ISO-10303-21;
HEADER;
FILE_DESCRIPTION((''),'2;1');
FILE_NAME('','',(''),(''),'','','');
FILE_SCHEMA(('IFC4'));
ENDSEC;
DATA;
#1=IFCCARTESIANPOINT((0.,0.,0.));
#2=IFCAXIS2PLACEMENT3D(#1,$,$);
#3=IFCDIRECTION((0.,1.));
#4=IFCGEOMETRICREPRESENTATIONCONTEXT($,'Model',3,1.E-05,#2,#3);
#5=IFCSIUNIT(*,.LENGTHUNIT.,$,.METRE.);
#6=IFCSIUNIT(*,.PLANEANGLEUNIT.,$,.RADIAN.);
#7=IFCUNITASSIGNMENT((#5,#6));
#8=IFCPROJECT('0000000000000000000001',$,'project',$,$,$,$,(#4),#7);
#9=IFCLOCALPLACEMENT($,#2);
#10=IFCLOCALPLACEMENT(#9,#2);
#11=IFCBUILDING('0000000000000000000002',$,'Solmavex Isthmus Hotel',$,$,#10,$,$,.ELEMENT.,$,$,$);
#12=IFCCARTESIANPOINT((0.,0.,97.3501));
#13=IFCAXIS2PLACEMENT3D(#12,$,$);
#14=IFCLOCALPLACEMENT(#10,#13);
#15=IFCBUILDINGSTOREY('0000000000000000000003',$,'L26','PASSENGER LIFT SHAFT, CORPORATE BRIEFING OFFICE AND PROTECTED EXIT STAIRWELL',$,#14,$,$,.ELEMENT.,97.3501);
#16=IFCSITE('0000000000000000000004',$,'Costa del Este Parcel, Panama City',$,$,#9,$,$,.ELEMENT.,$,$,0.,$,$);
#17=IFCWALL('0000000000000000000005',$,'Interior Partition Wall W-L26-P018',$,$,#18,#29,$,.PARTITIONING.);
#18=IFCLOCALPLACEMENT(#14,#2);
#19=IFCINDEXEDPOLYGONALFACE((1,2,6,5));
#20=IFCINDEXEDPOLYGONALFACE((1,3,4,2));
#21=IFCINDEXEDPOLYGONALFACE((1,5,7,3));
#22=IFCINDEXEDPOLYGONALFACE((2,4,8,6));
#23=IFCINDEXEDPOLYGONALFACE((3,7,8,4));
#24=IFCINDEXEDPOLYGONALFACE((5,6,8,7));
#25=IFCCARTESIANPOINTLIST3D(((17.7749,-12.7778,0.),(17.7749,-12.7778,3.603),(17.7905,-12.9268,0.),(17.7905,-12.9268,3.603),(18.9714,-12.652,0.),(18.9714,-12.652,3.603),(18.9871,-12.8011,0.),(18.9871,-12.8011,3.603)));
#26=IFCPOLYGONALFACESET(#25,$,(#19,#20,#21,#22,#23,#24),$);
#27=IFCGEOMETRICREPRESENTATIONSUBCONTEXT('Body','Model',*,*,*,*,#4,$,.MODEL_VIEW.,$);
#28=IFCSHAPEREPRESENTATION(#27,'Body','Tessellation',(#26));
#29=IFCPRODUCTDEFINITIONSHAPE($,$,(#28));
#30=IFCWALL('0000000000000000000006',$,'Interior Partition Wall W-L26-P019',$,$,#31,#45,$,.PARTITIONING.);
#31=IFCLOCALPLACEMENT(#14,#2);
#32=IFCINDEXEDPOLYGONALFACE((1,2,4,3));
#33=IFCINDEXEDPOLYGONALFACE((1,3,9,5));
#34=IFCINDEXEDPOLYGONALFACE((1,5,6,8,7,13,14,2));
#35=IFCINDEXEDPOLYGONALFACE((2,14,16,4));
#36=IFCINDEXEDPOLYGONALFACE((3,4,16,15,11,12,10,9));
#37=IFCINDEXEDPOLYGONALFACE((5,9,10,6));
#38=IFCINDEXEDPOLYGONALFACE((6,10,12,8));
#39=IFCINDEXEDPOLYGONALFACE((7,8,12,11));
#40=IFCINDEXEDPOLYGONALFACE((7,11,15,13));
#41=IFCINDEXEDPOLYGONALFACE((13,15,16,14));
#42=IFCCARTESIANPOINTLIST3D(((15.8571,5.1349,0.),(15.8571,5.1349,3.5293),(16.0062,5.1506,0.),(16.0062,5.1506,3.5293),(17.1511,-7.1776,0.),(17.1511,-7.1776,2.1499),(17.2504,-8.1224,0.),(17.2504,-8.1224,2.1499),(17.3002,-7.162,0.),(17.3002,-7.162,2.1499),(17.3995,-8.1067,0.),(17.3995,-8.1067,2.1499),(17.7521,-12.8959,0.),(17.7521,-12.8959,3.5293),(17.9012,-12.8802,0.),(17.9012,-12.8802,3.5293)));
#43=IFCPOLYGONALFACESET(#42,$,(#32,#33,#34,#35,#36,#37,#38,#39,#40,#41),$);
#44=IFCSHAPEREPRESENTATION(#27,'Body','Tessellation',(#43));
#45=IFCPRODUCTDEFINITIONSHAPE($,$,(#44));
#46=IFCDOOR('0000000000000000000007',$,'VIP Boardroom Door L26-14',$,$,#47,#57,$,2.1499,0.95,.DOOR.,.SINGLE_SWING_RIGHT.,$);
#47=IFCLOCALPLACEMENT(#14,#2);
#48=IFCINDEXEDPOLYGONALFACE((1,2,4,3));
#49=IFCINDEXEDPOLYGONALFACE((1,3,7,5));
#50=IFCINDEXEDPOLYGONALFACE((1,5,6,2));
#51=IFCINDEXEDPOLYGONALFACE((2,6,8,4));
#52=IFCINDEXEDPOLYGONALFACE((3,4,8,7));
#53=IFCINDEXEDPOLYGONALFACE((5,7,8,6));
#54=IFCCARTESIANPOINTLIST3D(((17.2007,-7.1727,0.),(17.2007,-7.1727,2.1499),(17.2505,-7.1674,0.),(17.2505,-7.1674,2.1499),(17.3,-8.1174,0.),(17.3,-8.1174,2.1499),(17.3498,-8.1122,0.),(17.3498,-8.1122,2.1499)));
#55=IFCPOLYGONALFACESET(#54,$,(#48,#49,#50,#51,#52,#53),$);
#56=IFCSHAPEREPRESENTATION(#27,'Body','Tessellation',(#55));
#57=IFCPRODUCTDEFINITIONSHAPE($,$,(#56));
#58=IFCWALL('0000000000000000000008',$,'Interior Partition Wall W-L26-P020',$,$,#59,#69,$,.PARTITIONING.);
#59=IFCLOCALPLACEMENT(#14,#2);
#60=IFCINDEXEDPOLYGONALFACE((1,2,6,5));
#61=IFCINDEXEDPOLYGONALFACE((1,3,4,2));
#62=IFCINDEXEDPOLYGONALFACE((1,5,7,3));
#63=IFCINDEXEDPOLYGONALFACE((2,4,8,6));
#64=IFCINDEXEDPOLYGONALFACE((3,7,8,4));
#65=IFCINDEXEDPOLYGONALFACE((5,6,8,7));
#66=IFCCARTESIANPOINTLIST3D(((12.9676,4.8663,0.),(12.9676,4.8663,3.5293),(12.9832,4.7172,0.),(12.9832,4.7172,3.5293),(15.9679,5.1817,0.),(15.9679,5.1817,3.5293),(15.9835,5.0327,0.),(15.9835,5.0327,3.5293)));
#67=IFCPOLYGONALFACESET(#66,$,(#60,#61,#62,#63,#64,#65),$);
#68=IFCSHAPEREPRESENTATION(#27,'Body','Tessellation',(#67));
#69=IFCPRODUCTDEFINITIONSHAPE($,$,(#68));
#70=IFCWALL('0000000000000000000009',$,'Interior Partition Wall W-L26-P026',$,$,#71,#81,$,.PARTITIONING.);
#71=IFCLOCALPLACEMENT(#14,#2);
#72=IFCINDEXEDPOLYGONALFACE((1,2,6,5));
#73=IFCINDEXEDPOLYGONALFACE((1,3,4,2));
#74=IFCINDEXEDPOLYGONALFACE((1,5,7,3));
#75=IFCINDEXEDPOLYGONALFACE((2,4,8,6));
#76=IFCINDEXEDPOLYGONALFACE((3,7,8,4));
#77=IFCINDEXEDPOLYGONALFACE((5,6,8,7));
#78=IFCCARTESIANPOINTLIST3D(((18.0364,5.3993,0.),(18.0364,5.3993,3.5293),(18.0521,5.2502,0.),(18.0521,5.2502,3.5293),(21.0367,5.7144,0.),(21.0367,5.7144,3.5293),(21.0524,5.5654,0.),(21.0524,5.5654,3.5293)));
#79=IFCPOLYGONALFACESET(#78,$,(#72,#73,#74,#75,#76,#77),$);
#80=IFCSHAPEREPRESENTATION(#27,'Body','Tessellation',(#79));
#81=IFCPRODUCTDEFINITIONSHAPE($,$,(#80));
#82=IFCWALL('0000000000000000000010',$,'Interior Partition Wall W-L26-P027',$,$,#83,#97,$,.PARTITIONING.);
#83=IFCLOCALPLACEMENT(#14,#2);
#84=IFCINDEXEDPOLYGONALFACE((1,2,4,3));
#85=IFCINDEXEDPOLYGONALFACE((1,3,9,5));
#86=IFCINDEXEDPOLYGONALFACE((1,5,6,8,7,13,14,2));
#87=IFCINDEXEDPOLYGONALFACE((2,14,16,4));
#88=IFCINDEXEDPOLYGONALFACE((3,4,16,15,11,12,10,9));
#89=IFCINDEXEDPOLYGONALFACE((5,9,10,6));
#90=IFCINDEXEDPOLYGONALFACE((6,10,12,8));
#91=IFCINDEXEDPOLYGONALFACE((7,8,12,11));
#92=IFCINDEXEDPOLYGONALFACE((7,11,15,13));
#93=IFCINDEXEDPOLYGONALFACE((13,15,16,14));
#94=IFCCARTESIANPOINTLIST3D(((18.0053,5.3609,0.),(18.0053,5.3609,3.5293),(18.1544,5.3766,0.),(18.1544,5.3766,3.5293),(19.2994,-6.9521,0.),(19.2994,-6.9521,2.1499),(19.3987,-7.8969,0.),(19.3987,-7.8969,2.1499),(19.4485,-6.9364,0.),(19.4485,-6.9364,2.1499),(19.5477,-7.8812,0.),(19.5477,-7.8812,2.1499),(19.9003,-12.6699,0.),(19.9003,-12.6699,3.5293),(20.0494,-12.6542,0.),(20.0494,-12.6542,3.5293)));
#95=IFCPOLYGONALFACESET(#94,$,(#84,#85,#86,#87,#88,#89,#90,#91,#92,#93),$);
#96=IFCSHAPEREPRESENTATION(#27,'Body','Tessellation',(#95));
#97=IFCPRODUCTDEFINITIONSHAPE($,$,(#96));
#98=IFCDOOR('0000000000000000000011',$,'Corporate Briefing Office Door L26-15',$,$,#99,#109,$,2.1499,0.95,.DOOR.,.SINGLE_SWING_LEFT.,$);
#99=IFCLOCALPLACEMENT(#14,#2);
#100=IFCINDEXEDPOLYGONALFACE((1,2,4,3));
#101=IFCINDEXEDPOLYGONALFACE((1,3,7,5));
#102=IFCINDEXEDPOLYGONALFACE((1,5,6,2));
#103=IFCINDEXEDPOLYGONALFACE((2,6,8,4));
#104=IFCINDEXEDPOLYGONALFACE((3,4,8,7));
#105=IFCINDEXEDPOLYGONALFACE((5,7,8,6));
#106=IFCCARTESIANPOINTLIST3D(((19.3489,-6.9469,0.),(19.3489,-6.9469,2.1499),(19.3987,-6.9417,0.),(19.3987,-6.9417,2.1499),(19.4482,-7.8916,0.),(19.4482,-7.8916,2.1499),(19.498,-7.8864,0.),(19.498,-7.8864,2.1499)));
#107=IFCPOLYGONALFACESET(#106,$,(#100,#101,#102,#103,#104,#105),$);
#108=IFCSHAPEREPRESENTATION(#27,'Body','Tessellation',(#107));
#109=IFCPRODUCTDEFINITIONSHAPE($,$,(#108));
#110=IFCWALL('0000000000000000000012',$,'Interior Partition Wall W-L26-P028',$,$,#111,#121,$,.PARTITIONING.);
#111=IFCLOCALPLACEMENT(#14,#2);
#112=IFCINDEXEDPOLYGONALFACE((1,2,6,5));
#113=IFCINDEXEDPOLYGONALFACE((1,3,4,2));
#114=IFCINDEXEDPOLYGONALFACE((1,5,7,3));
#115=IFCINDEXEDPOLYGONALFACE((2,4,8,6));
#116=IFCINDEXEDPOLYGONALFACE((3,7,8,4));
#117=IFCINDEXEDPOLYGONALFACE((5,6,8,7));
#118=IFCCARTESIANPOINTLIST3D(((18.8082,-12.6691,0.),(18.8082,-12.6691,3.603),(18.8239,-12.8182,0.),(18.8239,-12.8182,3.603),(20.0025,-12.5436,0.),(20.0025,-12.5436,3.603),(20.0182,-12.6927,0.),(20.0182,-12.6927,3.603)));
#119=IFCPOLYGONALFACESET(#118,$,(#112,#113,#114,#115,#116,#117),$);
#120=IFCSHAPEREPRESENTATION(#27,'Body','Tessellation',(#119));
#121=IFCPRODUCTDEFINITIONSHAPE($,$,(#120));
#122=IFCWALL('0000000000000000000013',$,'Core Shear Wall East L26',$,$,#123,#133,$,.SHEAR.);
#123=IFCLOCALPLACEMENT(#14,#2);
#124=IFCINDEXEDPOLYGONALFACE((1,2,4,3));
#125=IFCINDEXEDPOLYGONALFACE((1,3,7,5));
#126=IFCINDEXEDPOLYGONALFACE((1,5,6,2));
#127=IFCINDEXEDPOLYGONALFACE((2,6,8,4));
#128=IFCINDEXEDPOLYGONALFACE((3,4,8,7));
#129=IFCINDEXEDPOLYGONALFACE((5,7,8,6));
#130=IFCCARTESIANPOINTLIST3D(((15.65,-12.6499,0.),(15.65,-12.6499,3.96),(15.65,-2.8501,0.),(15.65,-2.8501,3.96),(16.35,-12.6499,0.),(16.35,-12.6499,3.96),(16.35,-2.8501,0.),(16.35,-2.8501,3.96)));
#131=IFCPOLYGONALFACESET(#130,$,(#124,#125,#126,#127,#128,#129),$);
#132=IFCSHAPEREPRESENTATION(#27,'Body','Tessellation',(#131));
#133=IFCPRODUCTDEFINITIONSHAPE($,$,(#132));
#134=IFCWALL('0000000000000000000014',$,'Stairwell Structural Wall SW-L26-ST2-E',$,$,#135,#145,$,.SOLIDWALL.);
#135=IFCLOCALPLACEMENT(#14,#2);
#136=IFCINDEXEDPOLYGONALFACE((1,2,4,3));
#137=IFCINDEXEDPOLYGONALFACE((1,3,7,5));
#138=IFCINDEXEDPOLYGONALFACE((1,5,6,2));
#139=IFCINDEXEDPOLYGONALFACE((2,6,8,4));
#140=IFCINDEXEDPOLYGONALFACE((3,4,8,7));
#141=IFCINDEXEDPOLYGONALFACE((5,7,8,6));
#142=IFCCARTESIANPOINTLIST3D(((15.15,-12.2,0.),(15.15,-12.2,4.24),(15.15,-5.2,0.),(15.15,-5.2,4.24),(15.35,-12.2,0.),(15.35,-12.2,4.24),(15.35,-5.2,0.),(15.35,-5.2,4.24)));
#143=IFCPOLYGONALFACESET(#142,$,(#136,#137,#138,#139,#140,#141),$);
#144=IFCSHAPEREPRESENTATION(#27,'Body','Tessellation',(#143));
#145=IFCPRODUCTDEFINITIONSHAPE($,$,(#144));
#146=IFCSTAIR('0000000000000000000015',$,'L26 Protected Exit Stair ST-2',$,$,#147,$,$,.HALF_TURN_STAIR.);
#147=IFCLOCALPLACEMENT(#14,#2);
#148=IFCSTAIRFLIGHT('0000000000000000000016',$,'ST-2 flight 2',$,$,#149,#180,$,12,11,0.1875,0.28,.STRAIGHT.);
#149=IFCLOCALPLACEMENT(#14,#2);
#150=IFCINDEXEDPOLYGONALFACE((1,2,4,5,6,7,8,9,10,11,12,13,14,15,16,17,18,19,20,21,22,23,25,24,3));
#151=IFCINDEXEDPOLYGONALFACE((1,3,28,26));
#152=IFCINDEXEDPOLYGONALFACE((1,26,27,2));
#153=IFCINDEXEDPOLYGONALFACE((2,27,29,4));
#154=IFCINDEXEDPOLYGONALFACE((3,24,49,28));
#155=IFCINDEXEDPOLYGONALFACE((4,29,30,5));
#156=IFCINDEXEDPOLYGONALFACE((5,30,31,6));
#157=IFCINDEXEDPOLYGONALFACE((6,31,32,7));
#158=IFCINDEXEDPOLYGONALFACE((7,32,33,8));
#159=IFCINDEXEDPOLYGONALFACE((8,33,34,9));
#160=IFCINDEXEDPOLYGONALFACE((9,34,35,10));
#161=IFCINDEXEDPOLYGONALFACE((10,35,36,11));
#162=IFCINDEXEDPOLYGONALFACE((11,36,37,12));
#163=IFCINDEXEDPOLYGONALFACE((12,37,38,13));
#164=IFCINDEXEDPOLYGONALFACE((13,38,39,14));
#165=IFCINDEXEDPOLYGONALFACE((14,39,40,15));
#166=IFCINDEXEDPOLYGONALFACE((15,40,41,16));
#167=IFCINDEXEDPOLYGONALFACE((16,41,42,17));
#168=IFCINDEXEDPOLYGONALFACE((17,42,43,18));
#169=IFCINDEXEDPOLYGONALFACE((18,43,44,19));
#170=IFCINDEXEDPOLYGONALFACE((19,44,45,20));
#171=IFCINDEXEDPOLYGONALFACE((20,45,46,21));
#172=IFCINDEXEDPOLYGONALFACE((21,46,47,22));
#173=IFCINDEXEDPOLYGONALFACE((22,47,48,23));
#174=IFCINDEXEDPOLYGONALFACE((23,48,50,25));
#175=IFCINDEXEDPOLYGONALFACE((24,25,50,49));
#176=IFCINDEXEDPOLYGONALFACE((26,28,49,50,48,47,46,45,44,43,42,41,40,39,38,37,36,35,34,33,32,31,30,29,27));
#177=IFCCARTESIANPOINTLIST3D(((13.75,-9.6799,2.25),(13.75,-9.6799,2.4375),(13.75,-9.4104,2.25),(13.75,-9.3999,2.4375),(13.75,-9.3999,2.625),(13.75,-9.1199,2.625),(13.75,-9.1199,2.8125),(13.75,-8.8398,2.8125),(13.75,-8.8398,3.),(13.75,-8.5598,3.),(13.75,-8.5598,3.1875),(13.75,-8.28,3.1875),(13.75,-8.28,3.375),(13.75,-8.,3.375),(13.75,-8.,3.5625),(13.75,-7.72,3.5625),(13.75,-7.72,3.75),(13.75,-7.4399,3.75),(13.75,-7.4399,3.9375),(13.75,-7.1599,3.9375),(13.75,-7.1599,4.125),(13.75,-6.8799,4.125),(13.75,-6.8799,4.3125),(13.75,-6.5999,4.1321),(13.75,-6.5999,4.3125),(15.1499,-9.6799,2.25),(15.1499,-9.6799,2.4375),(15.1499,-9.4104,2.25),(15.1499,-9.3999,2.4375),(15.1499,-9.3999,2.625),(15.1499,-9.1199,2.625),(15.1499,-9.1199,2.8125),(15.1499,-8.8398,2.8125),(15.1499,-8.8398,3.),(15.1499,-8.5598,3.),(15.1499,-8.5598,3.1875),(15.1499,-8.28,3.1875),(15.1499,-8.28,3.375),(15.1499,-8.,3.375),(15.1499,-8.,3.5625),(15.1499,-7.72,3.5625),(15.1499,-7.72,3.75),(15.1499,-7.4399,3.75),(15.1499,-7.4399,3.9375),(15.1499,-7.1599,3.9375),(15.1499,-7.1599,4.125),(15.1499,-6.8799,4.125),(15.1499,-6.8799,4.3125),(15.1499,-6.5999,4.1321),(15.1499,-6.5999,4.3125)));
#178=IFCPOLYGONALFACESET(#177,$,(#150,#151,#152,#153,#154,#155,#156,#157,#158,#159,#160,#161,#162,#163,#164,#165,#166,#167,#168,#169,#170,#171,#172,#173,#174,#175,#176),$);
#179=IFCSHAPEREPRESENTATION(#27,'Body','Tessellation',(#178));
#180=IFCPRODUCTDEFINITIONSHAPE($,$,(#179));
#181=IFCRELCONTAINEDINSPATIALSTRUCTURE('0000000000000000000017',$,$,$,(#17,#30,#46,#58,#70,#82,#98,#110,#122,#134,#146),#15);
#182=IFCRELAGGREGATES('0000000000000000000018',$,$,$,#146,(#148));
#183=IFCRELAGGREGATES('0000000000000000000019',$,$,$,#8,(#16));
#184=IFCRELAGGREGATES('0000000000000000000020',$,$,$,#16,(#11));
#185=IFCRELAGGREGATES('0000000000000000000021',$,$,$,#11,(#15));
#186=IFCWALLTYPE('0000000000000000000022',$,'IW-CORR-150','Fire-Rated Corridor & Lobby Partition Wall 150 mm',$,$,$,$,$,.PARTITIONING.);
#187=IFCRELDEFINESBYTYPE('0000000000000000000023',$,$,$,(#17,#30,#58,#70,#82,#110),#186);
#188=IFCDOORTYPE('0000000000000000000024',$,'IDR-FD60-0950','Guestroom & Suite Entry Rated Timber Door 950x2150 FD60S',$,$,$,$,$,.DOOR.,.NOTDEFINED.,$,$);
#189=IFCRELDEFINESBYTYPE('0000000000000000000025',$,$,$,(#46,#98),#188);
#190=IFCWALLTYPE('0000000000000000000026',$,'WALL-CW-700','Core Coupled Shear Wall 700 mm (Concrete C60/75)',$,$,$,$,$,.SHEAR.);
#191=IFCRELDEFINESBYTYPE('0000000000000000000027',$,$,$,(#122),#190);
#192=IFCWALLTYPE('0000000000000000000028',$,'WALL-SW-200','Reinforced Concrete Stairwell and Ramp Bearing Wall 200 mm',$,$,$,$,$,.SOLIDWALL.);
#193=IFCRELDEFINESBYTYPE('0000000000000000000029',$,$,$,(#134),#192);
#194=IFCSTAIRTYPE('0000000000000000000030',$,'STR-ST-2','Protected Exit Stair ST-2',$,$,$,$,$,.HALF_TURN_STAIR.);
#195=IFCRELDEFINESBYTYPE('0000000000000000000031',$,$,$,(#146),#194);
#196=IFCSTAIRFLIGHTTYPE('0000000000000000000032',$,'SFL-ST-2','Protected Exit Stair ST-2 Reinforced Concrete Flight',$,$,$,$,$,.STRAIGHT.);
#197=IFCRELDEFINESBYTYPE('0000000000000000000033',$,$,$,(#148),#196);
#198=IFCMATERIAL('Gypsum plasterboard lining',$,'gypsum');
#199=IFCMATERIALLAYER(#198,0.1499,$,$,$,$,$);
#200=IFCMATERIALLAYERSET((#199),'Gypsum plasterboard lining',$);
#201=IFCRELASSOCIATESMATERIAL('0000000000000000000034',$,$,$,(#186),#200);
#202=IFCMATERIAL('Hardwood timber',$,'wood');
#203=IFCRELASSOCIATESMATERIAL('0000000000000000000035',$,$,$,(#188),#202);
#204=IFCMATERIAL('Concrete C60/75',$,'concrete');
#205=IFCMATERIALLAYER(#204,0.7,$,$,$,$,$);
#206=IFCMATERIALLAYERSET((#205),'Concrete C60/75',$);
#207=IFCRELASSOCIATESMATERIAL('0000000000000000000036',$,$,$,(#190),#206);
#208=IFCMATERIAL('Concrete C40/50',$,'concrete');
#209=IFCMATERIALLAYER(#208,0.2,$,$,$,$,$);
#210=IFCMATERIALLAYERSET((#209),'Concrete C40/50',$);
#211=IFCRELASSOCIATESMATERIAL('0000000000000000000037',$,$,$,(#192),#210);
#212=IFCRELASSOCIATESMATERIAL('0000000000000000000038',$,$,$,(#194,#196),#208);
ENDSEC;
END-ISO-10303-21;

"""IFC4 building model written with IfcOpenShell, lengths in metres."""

from ifc_helpers import new_model, si_unit, direction, frame, frame_2d, origin, place, context, subcontext, project, spatial, polyline, rectangle, outline, extrude, material, layer, layer_set, type_object, element, fill, aggregate, save


model = new_model("IFC4")

# Units and contexts
model_context = context("Model", 3, precision=1e-05, world=origin(), true_north=direction((0.0, 1.0)))
body_context = subcontext(model_context, "Body", "Model", "MODEL_VIEW")
ifc_project = project(units=[si_unit("LENGTHUNIT", "METRE"), si_unit("PLANEANGLEUNIT", "RADIAN")], contexts=[model_context])

# Site, building, storey
site_placement = place(None, origin())
site = spatial("IfcSite", under=ifc_project, at=site_placement, Name="Costa del Este Parcel, Panama City", CompositionType="ELEMENT", RefElevation=0.0)
building_placement = place(site_placement, origin())
building = spatial("IfcBuilding", under=site, at=building_placement, Name="Solmavex Isthmus Hotel", CompositionType="ELEMENT")
storey_placement = place(building_placement, frame((0.0, 0.0, 97.3501)))
storey = spatial("IfcBuildingStorey", under=building, at=storey_placement, Name="L26", Description="PASSENGER LIFT SHAFT, CORPORATE BRIEFING OFFICE AND PROTECTED EXIT STAIRWELL", CompositionType="ELEMENT", Elevation=97.3501)

# Shared definitions
ifc_material_1 = material(Name="Concrete C60/75", Category="concrete")

# Wall
ifc_material_2 = material(Name="Gypsum plasterboard lining", Category="gypsum")
ifc_layer_1 = layer(ifc_material_2, 0.1499)
ifc_layer_set_1 = layer_set([ifc_layer_1], Name="Gypsum plasterboard lining")
wall_type_1 = type_object("IfcWallType", Name="IW-CORR-150", Description="Fire-Rated Corridor & Lobby Partition Wall 150 mm", PredefinedType="PARTITIONING", material=ifc_layer_set_1)
wall_1_placement = place(storey_placement, frame((18.9792, -12.7266, 0.0), z_axis=(0.0, 0.0, 1.0), x_axis=(-0.994524, -0.104505, 0.0)))
element("IfcWall", 1, at=wall_1_placement, inside=storey, type_object=wall_type_1, Name="Interior Partition Wall W-L26-P018", PredefinedType="PARTITIONING", context=body_context, shape_type="SweptSolid", body=[
    extrude(rectangle(XDim=1.2031, YDim=0.1499, at=frame_2d((0.6016, 0.0))), origin(), (0.0, 0.0, 1.0), 3.603),
])

# Wall, opening, door
wall_2_placement = place(storey_placement, frame((17.8267, -12.8879, 0.0), z_axis=(0.0, 0.0, 1.0), x_axis=(-0.104524, 0.994522, 0.0)))
wall_2 = element("IfcWall", 2, at=wall_2_placement, inside=storey, type_object=wall_type_1, Name="Interior Partition Wall W-L26-P019", PredefinedType="PARTITIONING", context=body_context, shape_type="SweptSolid", body=[
    extrude(rectangle(XDim=18.1301, YDim=0.1499, at=frame_2d((9.0649, 0.0))), origin(), (0.0, 0.0, 1.0), 3.5293),
])
opening_1_placement = place(wall_2_placement, frame((4.7996, 0.0, 0.0)))
opening_1 = element("IfcOpeningElement", 3, at=opening_1_placement, cuts=wall_2, PredefinedType="OPENING", context=body_context, shape_type="SweptSolid", body=[
    extrude(rectangle(XDim=0.95, YDim=2.1499, at=frame_2d((0.4751, 1.075))), frame((0.0, 0.085, 0.0), z_axis=(0.0, -1.0, 0.0), x_axis=(1.0, 0.0, 0.0)), (0.0, 0.0, 1.0), 0.1699),
])
ifc_material_3 = material(Name="Hardwood timber", Category="wood")
door_type = type_object("IfcDoorType", Name="IDR-FD60-0950", Description="Guestroom & Suite Entry Rated Timber Door 950x2150 FD60S", OperationType="NOTDEFINED", PredefinedType="DOOR", material=ifc_material_3)
door_1_placement = place(opening_1_placement, frame((0.95, 0.0, 0.0), z_axis=(0.0, 0.0, 1.0), x_axis=(-1.0, 0.0, 0.0)))
door_1 = element("IfcDoor", 4, at=door_1_placement, inside=storey, type_object=door_type, Name="VIP Boardroom Door L26-14", OperationType="SINGLE_SWING_RIGHT", OverallHeight=2.1499, OverallWidth=0.95, PredefinedType="DOOR", context=body_context, shape_type="SweptSolid", body=[
    extrude(rectangle(XDim=0.95, YDim=2.1499, at=frame_2d((0.4751, 1.075))), frame((0.0, 0.0249, 0.0), z_axis=(0.0, -1.0, 0.0), x_axis=(1.0, 0.0, 0.0)), (0.0, 0.0, 1.0), 0.05),
])
fill(opening_1, door_1)

# Walls
for number, where, z_axis, x_axis, name in (
    (5, (15.9756, 5.1072, 0.0), (0.0, 0.0, 1.0), (-0.994519, -0.104558, 0.0), "Interior Partition Wall W-L26-P020"),
    (6, (21.0444, 5.6399, 0.0), (0.0, 0.0, 1.0), (-0.994527, -0.104478, 0.0), "Interior Partition Wall W-L26-P026"),
):
    element("IfcWall", number, at=place(storey_placement, frame(where, z_axis=z_axis, x_axis=x_axis)), inside=storey, type_object=wall_type_1, Name=name, PredefinedType="PARTITIONING", context=body_context, shape_type="SweptSolid", body=[
        extrude(rectangle(XDim=3.0168, YDim=0.1499, at=frame_2d((1.5083, 0.0))), origin(), (0.0, 0.0, 1.0), 3.5293),
    ])

# Wall, opening, door
wall_3_placement = place(storey_placement, frame((18.0798, 5.3687, 0.0), z_axis=(0.0, 0.0, 1.0), x_axis=(0.104524, -0.994522, 0.0)))
wall_3 = element("IfcWall", 7, at=wall_3_placement, inside=storey, type_object=wall_type_1, Name="Interior Partition Wall W-L26-P027", PredefinedType="PARTITIONING", context=body_context, shape_type="SweptSolid", body=[
    extrude(rectangle(XDim=18.1301, YDim=0.1499, at=frame_2d((9.0649, 0.0))), origin(), (0.0, 0.0, 1.0), 3.5293),
])
opening_2_placement = place(wall_3_placement, frame((12.3806, 0.0, 0.0)))
opening_2 = element("IfcOpeningElement", 8, at=opening_2_placement, cuts=wall_3, PredefinedType="OPENING", context=body_context, shape_type="SweptSolid", body=[
    extrude(rectangle(XDim=0.95, YDim=2.1499, at=frame_2d((0.4751, 1.075))), frame((0.0, 0.085, 0.0), z_axis=(0.0, -1.0, 0.0), x_axis=(1.0, 0.0, 0.0)), (0.0, 0.0, 1.0), 0.1699),
])
door_2_placement = place(opening_2_placement, origin())
door_2 = element("IfcDoor", 9, at=door_2_placement, inside=storey, type_object=door_type, Name="Corporate Briefing Office Door L26-15", OperationType="SINGLE_SWING_LEFT", OverallHeight=2.1499, OverallWidth=0.95, PredefinedType="DOOR", context=body_context, shape_type="SweptSolid", body=[
    extrude(rectangle(XDim=0.95, YDim=2.1499, at=frame_2d((0.4751, 1.075))), frame((0.0, 0.0249, 0.0), z_axis=(0.0, -1.0, 0.0), x_axis=(1.0, 0.0, 0.0)), (0.0, 0.0, 1.0), 0.05),
])
fill(opening_2, door_2)

# Walls
wall_4_placement = place(storey_placement, frame((20.0105, -12.6182, 0.0), z_axis=(0.0, 0.0, 1.0), x_axis=(-0.994525, -0.104494, 0.0)))
element("IfcWall", 10, at=wall_4_placement, inside=storey, type_object=wall_type_1, Name="Interior Partition Wall W-L26-P028", PredefinedType="PARTITIONING", context=body_context, shape_type="SweptSolid", body=[
    extrude(rectangle(XDim=1.2009, YDim=0.1499, at=frame_2d((0.6006, 0.0))), origin(), (0.0, 0.0, 1.0), 3.603),
])
ifc_layer_2 = layer(ifc_material_1, 0.7)
ifc_layer_set_2 = layer_set([ifc_layer_2], Name="Concrete C60/75")
wall_type_2 = type_object("IfcWallType", Name="WALL-CW-700", Description="Core Coupled Shear Wall 700 mm (Concrete C60/75)", PredefinedType="SHEAR", material=ifc_layer_set_2)
wall_5_placement = place(storey_placement, frame((16.0, -12.6499, 0.0), z_axis=(0.0, 0.0, 1.0), x_axis=(0.0, 1.0, 0.0)))
element("IfcWall", 11, at=wall_5_placement, inside=storey, type_object=wall_type_2, Name="Core Shear Wall East L26", PredefinedType="SHEAR", context=body_context, shape_type="SweptSolid", body=[
    extrude(rectangle(XDim=9.7998, YDim=0.7, at=frame_2d((4.8999, 0.0))), origin(), (0.0, 0.0, 1.0), 3.96),
])
ifc_material_4 = material(Name="Concrete C40/50", Category="concrete")
ifc_layer_3 = layer(ifc_material_4, 0.2)
ifc_layer_set_3 = layer_set([ifc_layer_3], Name="Concrete C40/50")
wall_type_3 = type_object("IfcWallType", Name="WALL-SW-200", Description="Reinforced Concrete Stairwell and Ramp Bearing Wall 200 mm", PredefinedType="SOLIDWALL", material=ifc_layer_set_3)
wall_6_placement = place(storey_placement, frame((15.25, -12.2, 0.0), z_axis=(0.0, 0.0, 1.0), x_axis=(0.0, 1.0, 0.0)))
element("IfcWall", 12, at=wall_6_placement, inside=storey, type_object=wall_type_3, Name="Stairwell Structural Wall SW-L26-ST2-E", PredefinedType="SOLIDWALL", context=body_context, shape_type="SweptSolid", body=[
    extrude(rectangle(XDim=7.0, YDim=0.2, at=frame_2d((3.5, 0.0))), origin(), (0.0, 0.0, 1.0), 4.24),
])

# Stair, stair flight
stair_type = type_object("IfcStairType", Name="STR-ST-2", Description="Protected Exit Stair ST-2", PredefinedType="HALF_TURN_STAIR", material=ifc_material_4)
stair_placement = place(storey_placement, origin())
stair = element("IfcStair", 13, at=stair_placement, inside=storey, type_object=stair_type, Name="L26 Protected Exit Stair ST-2", PredefinedType="HALF_TURN_STAIR")
stair_flight_type = type_object("IfcStairFlightType", Name="SFL-ST-2", Description="Protected Exit Stair ST-2 Reinforced Concrete Flight", PredefinedType="STRAIGHT", material=ifc_material_4)
stair_flight_placement = place(storey_placement, frame((14.45, -9.6799, 2.25), z_axis=(0.0, 0.0, 1.0), x_axis=(0.0, 1.0, 0.0)))
stair_flight = element("IfcStairFlight", 14, at=stair_flight_placement, type_object=stair_flight_type, Name="ST-2 flight 2", NumberOfRisers=12, NumberOfTreads=11, PredefinedType="STRAIGHT", RiserHeight=0.1875, TreadLength=0.28, context=body_context, shape_type="SweptSolid", body=[
    extrude(outline(polyline([(0.0, 0.0), (0.0, 0.1875), (0.28, 0.1875), (0.28, 0.375), (0.5601, 0.375), (0.5601, 0.5625), (0.8401, 0.5625), (0.8401, 0.75), (1.1201, 0.75), (1.1201, 0.9375), (1.3999, 0.9375), (1.3999, 1.125), (1.6799, 1.125), (1.6799, 1.3125), (1.96, 1.3125), (1.96, 1.5), (2.24, 1.5), (2.24, 1.6875), (2.52, 1.6875), (2.52, 1.875), (2.8, 1.875), (2.8, 2.0625), (3.0801, 2.0625), (3.0801, 2.25), (3.0801, 1.8821), (0.2695, 0.0), (0.0, 0.0)])), frame((0.0, 0.7, 0.0), z_axis=(0.0, -1.0, 0.0), x_axis=(1.0, 0.0, 0.0)), (0.0, 0.0, 1.0), 1.3999),
])
aggregate(stair, [stair_flight])

save(model, "model.ifc")
